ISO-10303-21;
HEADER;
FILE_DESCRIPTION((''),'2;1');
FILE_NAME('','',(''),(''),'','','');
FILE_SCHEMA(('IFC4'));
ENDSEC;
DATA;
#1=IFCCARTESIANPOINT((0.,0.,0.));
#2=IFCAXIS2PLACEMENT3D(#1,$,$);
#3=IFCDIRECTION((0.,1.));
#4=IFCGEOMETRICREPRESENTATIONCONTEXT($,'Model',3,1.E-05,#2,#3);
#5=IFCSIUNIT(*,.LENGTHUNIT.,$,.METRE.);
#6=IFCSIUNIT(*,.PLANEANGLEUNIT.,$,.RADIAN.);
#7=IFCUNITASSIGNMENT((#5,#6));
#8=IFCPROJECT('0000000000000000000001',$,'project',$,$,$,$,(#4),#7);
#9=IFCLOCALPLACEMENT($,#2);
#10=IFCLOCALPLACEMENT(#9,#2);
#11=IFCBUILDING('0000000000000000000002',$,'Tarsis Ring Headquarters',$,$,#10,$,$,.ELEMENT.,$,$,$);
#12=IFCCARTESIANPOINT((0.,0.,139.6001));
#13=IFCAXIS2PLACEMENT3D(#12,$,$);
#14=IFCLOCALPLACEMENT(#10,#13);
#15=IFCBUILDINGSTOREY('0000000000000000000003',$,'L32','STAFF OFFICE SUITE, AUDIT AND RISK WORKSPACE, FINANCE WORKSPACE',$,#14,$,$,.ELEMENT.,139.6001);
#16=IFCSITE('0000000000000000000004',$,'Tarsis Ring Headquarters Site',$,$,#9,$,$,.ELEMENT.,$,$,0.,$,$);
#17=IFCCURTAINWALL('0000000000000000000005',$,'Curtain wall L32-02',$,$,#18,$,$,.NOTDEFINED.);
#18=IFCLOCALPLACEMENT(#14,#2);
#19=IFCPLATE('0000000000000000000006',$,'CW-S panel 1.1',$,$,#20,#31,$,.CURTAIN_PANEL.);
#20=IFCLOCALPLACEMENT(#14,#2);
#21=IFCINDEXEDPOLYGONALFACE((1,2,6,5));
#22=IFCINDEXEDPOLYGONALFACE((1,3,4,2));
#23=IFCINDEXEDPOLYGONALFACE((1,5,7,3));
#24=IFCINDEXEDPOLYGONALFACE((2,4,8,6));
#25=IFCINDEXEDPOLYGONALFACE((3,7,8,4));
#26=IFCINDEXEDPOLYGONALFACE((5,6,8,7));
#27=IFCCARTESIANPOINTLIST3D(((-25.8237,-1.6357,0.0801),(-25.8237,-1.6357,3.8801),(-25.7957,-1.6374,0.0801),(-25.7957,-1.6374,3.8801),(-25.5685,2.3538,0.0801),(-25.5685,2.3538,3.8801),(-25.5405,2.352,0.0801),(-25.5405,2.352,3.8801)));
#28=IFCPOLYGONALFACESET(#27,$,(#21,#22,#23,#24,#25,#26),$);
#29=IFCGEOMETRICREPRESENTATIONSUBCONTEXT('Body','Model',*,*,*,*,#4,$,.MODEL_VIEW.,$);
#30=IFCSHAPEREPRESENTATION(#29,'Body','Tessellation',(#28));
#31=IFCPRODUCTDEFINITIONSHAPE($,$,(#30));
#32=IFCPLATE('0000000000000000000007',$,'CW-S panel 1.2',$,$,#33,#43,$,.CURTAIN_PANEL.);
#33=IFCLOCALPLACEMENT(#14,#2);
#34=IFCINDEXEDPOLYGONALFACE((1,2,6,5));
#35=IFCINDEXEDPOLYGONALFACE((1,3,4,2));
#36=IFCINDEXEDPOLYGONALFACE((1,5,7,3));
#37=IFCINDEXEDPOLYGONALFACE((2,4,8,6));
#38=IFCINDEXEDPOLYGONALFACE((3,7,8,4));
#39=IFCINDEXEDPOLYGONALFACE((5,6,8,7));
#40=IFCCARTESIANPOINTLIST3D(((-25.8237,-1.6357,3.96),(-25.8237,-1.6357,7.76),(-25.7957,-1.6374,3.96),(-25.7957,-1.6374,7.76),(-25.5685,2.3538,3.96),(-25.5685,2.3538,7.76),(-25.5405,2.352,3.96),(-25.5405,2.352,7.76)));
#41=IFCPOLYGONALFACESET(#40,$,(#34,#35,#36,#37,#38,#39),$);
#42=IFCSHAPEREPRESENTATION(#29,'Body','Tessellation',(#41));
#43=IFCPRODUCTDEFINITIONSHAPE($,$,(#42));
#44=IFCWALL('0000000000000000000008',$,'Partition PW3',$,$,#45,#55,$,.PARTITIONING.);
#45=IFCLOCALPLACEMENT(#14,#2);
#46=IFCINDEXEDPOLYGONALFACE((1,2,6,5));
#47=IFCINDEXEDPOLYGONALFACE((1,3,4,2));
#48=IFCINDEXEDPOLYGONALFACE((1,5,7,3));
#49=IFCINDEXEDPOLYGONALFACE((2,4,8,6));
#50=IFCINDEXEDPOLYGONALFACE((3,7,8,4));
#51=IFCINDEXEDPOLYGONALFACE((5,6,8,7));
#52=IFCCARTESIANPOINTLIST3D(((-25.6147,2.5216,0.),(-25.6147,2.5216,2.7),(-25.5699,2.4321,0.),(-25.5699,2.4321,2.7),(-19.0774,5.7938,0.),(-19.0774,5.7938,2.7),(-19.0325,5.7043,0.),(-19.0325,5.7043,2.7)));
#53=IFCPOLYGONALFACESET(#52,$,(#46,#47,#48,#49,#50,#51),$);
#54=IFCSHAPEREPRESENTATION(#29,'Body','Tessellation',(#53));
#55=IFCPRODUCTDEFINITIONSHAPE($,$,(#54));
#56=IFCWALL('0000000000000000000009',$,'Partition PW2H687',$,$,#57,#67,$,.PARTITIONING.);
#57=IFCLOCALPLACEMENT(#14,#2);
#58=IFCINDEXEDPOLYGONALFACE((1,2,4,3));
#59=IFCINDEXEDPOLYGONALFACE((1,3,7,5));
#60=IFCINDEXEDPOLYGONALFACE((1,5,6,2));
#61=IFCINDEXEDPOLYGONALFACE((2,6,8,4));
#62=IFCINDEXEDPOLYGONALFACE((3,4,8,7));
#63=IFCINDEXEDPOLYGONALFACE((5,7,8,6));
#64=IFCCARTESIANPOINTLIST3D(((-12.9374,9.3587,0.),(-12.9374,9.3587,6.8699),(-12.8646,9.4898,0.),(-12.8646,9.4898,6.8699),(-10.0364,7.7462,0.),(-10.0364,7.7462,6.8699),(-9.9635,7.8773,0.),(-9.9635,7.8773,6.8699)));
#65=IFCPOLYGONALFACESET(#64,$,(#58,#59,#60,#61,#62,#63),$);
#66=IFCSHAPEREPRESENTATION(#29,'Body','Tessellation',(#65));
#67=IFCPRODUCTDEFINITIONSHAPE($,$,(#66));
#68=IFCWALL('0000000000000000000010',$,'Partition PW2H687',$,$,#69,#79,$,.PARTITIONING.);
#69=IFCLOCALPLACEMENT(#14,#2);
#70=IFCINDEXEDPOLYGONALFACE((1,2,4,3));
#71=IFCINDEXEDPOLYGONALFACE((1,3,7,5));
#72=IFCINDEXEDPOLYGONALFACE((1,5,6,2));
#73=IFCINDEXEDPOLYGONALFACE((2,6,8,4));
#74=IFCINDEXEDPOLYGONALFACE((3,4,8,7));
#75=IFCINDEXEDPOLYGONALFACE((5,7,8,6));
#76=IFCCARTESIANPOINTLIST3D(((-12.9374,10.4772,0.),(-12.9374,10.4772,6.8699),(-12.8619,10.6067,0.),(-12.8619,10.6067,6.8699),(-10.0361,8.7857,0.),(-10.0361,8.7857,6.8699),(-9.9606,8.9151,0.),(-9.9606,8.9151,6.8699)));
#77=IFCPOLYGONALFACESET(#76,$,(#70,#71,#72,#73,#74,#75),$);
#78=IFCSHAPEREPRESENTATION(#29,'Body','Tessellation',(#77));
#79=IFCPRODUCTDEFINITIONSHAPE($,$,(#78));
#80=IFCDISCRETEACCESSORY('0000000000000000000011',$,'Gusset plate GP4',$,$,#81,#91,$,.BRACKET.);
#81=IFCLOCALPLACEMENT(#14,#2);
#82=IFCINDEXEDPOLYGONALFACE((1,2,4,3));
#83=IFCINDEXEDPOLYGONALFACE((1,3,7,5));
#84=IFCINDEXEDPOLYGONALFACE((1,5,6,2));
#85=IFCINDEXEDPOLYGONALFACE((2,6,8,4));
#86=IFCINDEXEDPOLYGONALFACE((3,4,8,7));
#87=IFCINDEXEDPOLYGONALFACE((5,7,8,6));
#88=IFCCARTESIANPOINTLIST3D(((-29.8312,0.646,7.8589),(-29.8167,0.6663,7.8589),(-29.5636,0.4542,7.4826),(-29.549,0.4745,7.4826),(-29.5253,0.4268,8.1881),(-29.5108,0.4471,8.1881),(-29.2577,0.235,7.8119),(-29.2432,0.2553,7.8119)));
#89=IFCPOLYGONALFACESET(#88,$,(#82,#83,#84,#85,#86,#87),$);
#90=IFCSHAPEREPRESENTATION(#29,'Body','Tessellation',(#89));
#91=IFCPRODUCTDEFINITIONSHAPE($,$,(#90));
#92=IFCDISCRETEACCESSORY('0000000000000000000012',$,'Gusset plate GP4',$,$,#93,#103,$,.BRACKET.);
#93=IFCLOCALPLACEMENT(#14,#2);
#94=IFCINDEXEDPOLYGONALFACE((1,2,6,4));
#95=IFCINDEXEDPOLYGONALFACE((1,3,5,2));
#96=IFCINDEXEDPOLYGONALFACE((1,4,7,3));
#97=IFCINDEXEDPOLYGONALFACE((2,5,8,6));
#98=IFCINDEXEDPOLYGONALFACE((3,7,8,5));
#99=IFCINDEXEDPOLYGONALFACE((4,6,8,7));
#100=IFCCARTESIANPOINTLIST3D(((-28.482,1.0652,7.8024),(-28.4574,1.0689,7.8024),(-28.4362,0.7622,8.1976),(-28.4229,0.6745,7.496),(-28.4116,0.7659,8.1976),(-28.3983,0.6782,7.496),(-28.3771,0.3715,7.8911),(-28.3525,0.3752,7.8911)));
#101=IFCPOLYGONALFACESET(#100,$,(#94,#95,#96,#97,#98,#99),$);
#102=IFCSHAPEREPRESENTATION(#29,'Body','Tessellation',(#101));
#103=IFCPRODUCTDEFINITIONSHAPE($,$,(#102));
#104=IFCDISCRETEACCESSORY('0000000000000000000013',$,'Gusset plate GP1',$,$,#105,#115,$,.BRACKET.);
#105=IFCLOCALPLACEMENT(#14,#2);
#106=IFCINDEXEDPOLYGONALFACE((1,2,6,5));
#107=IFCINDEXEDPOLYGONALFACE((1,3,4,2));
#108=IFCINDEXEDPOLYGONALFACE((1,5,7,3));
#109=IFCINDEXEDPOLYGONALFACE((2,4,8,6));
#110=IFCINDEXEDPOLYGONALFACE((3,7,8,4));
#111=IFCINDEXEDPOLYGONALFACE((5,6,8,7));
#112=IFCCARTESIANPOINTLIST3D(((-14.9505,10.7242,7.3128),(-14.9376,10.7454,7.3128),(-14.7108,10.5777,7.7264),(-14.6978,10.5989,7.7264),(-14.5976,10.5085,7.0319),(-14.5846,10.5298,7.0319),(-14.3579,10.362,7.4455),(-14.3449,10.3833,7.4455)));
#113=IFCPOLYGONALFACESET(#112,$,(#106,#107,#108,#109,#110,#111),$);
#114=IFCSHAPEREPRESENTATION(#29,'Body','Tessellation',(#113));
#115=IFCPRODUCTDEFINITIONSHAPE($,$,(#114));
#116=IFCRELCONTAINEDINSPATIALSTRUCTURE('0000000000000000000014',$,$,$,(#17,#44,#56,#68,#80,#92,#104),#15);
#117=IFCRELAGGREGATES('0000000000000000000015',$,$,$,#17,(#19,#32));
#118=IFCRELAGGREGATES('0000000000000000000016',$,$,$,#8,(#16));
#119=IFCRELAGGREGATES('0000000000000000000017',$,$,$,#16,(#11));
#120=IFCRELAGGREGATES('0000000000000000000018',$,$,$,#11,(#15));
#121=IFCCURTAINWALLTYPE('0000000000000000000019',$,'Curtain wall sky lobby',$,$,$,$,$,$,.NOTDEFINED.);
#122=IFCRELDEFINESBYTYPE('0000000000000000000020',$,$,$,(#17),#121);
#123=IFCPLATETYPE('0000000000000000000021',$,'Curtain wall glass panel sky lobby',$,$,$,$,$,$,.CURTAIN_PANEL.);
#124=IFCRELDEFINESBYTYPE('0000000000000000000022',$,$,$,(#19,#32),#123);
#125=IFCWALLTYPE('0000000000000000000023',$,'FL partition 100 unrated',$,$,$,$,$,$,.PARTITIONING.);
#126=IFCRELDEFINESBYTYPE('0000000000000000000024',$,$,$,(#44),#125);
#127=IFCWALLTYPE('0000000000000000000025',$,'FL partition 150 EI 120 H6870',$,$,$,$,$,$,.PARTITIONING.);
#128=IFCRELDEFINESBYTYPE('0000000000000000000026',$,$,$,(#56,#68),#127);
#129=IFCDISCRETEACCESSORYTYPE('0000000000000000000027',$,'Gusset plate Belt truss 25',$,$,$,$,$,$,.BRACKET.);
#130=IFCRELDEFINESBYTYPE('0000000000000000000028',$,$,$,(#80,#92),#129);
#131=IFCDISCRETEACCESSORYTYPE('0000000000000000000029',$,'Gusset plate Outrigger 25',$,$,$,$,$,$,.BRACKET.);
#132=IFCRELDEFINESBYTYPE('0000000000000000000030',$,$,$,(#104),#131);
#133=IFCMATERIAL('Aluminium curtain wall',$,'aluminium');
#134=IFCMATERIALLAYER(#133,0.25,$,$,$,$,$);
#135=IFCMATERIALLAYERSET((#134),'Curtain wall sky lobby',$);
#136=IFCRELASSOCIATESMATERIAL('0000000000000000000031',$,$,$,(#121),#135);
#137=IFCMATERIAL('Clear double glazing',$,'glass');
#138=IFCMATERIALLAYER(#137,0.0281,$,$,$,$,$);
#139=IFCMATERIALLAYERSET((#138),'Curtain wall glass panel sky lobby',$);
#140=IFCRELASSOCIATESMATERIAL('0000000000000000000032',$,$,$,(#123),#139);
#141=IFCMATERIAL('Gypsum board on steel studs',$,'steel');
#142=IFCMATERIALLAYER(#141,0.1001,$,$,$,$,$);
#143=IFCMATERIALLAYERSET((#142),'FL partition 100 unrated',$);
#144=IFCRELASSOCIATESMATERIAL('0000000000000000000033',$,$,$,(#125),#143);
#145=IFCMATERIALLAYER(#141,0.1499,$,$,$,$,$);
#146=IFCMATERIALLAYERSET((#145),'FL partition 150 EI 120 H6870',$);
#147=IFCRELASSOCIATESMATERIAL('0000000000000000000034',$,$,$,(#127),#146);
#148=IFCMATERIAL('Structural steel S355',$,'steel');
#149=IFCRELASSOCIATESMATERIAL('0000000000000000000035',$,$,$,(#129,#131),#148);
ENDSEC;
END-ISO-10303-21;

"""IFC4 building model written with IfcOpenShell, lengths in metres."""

from ifc_helpers import new_model, si_unit, direction, frame, frame_2d, origin, origin_2d, place, context, subcontext, project, spatial, rectangle, extrude, material, layer, layer_set, material_profile, profile_set, type_object, element, aggregate, save


model = new_model("IFC4")

# Units and contexts
model_context = context("Model", 3, precision=1e-05, world=origin(), true_north=direction((0.0, 1.0)))
body_context = subcontext(model_context, "Body", "Model", "MODEL_VIEW")
ifc_project = project(units=[si_unit("LENGTHUNIT", "METRE"), si_unit("PLANEANGLEUNIT", "RADIAN")], contexts=[model_context])

# Site, building, storey
site_placement = place(None, origin())
site = spatial("IfcSite", under=ifc_project, at=site_placement, Name="Tarsis Ring Headquarters Site", CompositionType="ELEMENT", RefElevation=0.0)
building_placement = place(site_placement, origin())
building = spatial("IfcBuilding", under=site, at=building_placement, Name="Tarsis Ring Headquarters", CompositionType="ELEMENT")
storey_placement = place(building_placement, frame((0.0, 0.0, 139.6001)))
storey = spatial("IfcBuildingStorey", under=building, at=storey_placement, Name="L32", Description="STAFF OFFICE SUITE, AUDIT AND RISK WORKSPACE, FINANCE WORKSPACE", CompositionType="ELEMENT", Elevation=139.6001)

# Shared definitions
ifc_material_1 = material(Name="Structural steel S355", Category="steel")

# Shared definitions
ifc_material_2 = material(Name="Aluminium curtain wall", Category="aluminium")
ifc_layer_1 = layer(ifc_material_2, 0.25)
ifc_layer_set_1 = layer_set([ifc_layer_1], Name="Curtain wall sky lobby")
curtain_wall_type = type_object("IfcCurtainWallType", Name="Curtain wall sky lobby", PredefinedType="NOTDEFINED", material=ifc_layer_set_1)

# Curtain wall
curtain_wall_1_placement = place(storey_placement, origin())
curtain_wall_1 = element("IfcCurtainWall", 1, at=curtain_wall_1_placement, inside=storey, type_object=curtain_wall_type, Name="Curtain wall L32-02", PredefinedType="NOTDEFINED")

# Plates
ifc_material_3 = material(Name="Clear double glazing", Category="glass")
ifc_layer_2 = layer(ifc_material_3, 0.0281)
ifc_layer_set_2 = layer_set([ifc_layer_2], Name="Curtain wall glass panel sky lobby")
plate_type = type_object("IfcPlateType", Name="Curtain wall glass panel sky lobby", PredefinedType="CURTAIN_PANEL", material=ifc_layer_set_2)
plate_1_placement = place(storey_placement, frame((-25.6821, 0.3582, 0.0801), z_axis=(0.0, 0.0, 1.0), x_axis=(-0.063835, -0.99796, 0.0)))
plate_1 = element("IfcPlate", 2, at=plate_1_placement, type_object=plate_type, Name="CW-S panel 1.1", PredefinedType="CURTAIN_PANEL", context=body_context, shape_type="SweptSolid", body=[
    extrude(rectangle(XDim=3.9976, YDim=0.0281, at=origin_2d()), origin(), (0.0, 0.0, 1.0), 3.8),
])
plate_2_placement = place(storey_placement, frame((-25.6821, 0.3582, 3.96), z_axis=(0.0, 0.0, 1.0), x_axis=(-0.063835, -0.99796, 0.0)))
plate_2 = element("IfcPlate", 3, at=plate_2_placement, type_object=plate_type, Name="CW-S panel 1.2", PredefinedType="CURTAIN_PANEL", context=body_context, shape_type="SweptSolid", body=[
    extrude(rectangle(XDim=3.9976, YDim=0.0281, at=origin_2d()), origin(), (0.0, 0.0, 1.0), 3.8),
])
aggregate(curtain_wall_1, [plate_1, plate_2])

# Walls
ifc_material_4 = material(Name="Gypsum board on steel studs", Category="steel")
ifc_layer_3 = layer(ifc_material_4, 0.1001)
ifc_layer_set_3 = layer_set([ifc_layer_3], Name="FL partition 100 unrated")
wall_type_1 = type_object("IfcWallType", Name="FL partition 100 unrated", PredefinedType="PARTITIONING", material=ifc_layer_set_3)
wall_1_placement = place(storey_placement, frame((-25.5923, 2.4768, 0.0), z_axis=(0.0, 0.0, 1.0), x_axis=(0.894233, 0.447601, 0.0)))
element("IfcWall", 4, at=wall_1_placement, inside=storey, type_object=wall_type_1, Name="Partition PW3", PredefinedType="PARTITIONING", context=body_context, shape_type="SweptSolid", body=[
    extrude(rectangle(XDim=7.3105, YDim=0.1001, at=frame_2d((3.6553, 0.0))), origin(), (0.0, 0.0, 1.0), 2.7),
])
ifc_layer_4 = layer(ifc_material_4, 0.1499)
ifc_layer_set_4 = layer_set([ifc_layer_4], Name="FL partition 150 EI 120 H6870")
wall_type_2 = type_object("IfcWallType", Name="FL partition 150 EI 120 H6870", PredefinedType="PARTITIONING", material=ifc_layer_set_4)
wall_2_placement = place(storey_placement, frame((-12.9011, 9.4243, 0.0), z_axis=(0.0, 0.0, 1.0), x_axis=(0.874053, -0.48583, 0.0)))
element("IfcWall", 5, at=wall_2_placement, inside=storey, type_object=wall_type_2, Name="Partition PW2H687", PredefinedType="PARTITIONING", context=body_context, shape_type="SweptSolid", body=[
    extrude(rectangle(XDim=3.3191, YDim=0.1499, at=frame_2d((1.6597, 0.0))), origin(), (0.0, 0.0, 1.0), 6.8699),
])
wall_3_placement = place(storey_placement, frame((-12.8997, 10.542, 0.0), z_axis=(0.0, 0.0, 1.0), x_axis=(0.863884, -0.50369, 0.0)))
element("IfcWall", 6, at=wall_3_placement, inside=storey, type_object=wall_type_2, Name="Partition PW2H687", PredefinedType="PARTITIONING", context=body_context, shape_type="SweptSolid", body=[
    extrude(rectangle(XDim=3.3584, YDim=0.1499, at=frame_2d((1.6792, 0.0))), origin(), (0.0, 0.0, 1.0), 6.8699),
])

# Discrete accessories
ifc_material_profile_1 = material_profile(ifc_material_1, rectangle(XDim=0.0249, YDim=0.5, at=origin_2d()), Name="PL 25x500")
ifc_profile_set_1 = profile_set([ifc_material_profile_1], Name="Structural steel S355")
discrete_accessory_type_1 = type_object("IfcDiscreteAccessoryType", Name="Gusset plate Belt truss 25", PredefinedType="BRACKET", material=ifc_profile_set_1)
for number, where, z_axis, x_axis, name in (
    (7, (-29.3843, 0.3411, 8.0), (-0.611677, 0.438377, -0.658541), (-0.582526, -0.812812, 0.0), "Gusset plate GP4"),
    (8, (-28.4468, 0.9155, 8.0), (0.118174, -0.781317, -0.612845), (0.988754, 0.149549, 0.0), "Gusset plate GP4"),
):
    element("IfcDiscreteAccessory", number, at=place(storey_placement, frame(where, z_axis=z_axis, x_axis=x_axis)), inside=storey, type_object=discrete_accessory_type_1, Name=name, PredefinedType="BRACKET", context=body_context, shape_type="SweptSolid", body=[
        extrude(rectangle(XDim=0.0249, YDim=0.5, at=origin_2d()), origin(), (0.0, 0.0, 1.0), 0.5),
    ])
discrete_accessory_type_2 = type_object("IfcDiscreteAccessoryType", Name="Gusset plate Outrigger 25", PredefinedType="BRACKET", material=ifc_profile_set_1)
discrete_accessory_placement = place(storey_placement, frame((-14.5278, 10.4805, 7.5859), z_axis=(-0.479512, 0.292981, -0.827182), x_axis=(-0.52138, -0.853325, 0.0)))
element("IfcDiscreteAccessory", 9, at=discrete_accessory_placement, inside=storey, type_object=discrete_accessory_type_2, Name="Gusset plate GP1", PredefinedType="BRACKET", context=body_context, shape_type="SweptSolid", body=[
    extrude(rectangle(XDim=0.0249, YDim=0.5, at=origin_2d()), origin(), (0.0, 0.0, 1.0), 0.5),
])

save(model, "model.ifc")
